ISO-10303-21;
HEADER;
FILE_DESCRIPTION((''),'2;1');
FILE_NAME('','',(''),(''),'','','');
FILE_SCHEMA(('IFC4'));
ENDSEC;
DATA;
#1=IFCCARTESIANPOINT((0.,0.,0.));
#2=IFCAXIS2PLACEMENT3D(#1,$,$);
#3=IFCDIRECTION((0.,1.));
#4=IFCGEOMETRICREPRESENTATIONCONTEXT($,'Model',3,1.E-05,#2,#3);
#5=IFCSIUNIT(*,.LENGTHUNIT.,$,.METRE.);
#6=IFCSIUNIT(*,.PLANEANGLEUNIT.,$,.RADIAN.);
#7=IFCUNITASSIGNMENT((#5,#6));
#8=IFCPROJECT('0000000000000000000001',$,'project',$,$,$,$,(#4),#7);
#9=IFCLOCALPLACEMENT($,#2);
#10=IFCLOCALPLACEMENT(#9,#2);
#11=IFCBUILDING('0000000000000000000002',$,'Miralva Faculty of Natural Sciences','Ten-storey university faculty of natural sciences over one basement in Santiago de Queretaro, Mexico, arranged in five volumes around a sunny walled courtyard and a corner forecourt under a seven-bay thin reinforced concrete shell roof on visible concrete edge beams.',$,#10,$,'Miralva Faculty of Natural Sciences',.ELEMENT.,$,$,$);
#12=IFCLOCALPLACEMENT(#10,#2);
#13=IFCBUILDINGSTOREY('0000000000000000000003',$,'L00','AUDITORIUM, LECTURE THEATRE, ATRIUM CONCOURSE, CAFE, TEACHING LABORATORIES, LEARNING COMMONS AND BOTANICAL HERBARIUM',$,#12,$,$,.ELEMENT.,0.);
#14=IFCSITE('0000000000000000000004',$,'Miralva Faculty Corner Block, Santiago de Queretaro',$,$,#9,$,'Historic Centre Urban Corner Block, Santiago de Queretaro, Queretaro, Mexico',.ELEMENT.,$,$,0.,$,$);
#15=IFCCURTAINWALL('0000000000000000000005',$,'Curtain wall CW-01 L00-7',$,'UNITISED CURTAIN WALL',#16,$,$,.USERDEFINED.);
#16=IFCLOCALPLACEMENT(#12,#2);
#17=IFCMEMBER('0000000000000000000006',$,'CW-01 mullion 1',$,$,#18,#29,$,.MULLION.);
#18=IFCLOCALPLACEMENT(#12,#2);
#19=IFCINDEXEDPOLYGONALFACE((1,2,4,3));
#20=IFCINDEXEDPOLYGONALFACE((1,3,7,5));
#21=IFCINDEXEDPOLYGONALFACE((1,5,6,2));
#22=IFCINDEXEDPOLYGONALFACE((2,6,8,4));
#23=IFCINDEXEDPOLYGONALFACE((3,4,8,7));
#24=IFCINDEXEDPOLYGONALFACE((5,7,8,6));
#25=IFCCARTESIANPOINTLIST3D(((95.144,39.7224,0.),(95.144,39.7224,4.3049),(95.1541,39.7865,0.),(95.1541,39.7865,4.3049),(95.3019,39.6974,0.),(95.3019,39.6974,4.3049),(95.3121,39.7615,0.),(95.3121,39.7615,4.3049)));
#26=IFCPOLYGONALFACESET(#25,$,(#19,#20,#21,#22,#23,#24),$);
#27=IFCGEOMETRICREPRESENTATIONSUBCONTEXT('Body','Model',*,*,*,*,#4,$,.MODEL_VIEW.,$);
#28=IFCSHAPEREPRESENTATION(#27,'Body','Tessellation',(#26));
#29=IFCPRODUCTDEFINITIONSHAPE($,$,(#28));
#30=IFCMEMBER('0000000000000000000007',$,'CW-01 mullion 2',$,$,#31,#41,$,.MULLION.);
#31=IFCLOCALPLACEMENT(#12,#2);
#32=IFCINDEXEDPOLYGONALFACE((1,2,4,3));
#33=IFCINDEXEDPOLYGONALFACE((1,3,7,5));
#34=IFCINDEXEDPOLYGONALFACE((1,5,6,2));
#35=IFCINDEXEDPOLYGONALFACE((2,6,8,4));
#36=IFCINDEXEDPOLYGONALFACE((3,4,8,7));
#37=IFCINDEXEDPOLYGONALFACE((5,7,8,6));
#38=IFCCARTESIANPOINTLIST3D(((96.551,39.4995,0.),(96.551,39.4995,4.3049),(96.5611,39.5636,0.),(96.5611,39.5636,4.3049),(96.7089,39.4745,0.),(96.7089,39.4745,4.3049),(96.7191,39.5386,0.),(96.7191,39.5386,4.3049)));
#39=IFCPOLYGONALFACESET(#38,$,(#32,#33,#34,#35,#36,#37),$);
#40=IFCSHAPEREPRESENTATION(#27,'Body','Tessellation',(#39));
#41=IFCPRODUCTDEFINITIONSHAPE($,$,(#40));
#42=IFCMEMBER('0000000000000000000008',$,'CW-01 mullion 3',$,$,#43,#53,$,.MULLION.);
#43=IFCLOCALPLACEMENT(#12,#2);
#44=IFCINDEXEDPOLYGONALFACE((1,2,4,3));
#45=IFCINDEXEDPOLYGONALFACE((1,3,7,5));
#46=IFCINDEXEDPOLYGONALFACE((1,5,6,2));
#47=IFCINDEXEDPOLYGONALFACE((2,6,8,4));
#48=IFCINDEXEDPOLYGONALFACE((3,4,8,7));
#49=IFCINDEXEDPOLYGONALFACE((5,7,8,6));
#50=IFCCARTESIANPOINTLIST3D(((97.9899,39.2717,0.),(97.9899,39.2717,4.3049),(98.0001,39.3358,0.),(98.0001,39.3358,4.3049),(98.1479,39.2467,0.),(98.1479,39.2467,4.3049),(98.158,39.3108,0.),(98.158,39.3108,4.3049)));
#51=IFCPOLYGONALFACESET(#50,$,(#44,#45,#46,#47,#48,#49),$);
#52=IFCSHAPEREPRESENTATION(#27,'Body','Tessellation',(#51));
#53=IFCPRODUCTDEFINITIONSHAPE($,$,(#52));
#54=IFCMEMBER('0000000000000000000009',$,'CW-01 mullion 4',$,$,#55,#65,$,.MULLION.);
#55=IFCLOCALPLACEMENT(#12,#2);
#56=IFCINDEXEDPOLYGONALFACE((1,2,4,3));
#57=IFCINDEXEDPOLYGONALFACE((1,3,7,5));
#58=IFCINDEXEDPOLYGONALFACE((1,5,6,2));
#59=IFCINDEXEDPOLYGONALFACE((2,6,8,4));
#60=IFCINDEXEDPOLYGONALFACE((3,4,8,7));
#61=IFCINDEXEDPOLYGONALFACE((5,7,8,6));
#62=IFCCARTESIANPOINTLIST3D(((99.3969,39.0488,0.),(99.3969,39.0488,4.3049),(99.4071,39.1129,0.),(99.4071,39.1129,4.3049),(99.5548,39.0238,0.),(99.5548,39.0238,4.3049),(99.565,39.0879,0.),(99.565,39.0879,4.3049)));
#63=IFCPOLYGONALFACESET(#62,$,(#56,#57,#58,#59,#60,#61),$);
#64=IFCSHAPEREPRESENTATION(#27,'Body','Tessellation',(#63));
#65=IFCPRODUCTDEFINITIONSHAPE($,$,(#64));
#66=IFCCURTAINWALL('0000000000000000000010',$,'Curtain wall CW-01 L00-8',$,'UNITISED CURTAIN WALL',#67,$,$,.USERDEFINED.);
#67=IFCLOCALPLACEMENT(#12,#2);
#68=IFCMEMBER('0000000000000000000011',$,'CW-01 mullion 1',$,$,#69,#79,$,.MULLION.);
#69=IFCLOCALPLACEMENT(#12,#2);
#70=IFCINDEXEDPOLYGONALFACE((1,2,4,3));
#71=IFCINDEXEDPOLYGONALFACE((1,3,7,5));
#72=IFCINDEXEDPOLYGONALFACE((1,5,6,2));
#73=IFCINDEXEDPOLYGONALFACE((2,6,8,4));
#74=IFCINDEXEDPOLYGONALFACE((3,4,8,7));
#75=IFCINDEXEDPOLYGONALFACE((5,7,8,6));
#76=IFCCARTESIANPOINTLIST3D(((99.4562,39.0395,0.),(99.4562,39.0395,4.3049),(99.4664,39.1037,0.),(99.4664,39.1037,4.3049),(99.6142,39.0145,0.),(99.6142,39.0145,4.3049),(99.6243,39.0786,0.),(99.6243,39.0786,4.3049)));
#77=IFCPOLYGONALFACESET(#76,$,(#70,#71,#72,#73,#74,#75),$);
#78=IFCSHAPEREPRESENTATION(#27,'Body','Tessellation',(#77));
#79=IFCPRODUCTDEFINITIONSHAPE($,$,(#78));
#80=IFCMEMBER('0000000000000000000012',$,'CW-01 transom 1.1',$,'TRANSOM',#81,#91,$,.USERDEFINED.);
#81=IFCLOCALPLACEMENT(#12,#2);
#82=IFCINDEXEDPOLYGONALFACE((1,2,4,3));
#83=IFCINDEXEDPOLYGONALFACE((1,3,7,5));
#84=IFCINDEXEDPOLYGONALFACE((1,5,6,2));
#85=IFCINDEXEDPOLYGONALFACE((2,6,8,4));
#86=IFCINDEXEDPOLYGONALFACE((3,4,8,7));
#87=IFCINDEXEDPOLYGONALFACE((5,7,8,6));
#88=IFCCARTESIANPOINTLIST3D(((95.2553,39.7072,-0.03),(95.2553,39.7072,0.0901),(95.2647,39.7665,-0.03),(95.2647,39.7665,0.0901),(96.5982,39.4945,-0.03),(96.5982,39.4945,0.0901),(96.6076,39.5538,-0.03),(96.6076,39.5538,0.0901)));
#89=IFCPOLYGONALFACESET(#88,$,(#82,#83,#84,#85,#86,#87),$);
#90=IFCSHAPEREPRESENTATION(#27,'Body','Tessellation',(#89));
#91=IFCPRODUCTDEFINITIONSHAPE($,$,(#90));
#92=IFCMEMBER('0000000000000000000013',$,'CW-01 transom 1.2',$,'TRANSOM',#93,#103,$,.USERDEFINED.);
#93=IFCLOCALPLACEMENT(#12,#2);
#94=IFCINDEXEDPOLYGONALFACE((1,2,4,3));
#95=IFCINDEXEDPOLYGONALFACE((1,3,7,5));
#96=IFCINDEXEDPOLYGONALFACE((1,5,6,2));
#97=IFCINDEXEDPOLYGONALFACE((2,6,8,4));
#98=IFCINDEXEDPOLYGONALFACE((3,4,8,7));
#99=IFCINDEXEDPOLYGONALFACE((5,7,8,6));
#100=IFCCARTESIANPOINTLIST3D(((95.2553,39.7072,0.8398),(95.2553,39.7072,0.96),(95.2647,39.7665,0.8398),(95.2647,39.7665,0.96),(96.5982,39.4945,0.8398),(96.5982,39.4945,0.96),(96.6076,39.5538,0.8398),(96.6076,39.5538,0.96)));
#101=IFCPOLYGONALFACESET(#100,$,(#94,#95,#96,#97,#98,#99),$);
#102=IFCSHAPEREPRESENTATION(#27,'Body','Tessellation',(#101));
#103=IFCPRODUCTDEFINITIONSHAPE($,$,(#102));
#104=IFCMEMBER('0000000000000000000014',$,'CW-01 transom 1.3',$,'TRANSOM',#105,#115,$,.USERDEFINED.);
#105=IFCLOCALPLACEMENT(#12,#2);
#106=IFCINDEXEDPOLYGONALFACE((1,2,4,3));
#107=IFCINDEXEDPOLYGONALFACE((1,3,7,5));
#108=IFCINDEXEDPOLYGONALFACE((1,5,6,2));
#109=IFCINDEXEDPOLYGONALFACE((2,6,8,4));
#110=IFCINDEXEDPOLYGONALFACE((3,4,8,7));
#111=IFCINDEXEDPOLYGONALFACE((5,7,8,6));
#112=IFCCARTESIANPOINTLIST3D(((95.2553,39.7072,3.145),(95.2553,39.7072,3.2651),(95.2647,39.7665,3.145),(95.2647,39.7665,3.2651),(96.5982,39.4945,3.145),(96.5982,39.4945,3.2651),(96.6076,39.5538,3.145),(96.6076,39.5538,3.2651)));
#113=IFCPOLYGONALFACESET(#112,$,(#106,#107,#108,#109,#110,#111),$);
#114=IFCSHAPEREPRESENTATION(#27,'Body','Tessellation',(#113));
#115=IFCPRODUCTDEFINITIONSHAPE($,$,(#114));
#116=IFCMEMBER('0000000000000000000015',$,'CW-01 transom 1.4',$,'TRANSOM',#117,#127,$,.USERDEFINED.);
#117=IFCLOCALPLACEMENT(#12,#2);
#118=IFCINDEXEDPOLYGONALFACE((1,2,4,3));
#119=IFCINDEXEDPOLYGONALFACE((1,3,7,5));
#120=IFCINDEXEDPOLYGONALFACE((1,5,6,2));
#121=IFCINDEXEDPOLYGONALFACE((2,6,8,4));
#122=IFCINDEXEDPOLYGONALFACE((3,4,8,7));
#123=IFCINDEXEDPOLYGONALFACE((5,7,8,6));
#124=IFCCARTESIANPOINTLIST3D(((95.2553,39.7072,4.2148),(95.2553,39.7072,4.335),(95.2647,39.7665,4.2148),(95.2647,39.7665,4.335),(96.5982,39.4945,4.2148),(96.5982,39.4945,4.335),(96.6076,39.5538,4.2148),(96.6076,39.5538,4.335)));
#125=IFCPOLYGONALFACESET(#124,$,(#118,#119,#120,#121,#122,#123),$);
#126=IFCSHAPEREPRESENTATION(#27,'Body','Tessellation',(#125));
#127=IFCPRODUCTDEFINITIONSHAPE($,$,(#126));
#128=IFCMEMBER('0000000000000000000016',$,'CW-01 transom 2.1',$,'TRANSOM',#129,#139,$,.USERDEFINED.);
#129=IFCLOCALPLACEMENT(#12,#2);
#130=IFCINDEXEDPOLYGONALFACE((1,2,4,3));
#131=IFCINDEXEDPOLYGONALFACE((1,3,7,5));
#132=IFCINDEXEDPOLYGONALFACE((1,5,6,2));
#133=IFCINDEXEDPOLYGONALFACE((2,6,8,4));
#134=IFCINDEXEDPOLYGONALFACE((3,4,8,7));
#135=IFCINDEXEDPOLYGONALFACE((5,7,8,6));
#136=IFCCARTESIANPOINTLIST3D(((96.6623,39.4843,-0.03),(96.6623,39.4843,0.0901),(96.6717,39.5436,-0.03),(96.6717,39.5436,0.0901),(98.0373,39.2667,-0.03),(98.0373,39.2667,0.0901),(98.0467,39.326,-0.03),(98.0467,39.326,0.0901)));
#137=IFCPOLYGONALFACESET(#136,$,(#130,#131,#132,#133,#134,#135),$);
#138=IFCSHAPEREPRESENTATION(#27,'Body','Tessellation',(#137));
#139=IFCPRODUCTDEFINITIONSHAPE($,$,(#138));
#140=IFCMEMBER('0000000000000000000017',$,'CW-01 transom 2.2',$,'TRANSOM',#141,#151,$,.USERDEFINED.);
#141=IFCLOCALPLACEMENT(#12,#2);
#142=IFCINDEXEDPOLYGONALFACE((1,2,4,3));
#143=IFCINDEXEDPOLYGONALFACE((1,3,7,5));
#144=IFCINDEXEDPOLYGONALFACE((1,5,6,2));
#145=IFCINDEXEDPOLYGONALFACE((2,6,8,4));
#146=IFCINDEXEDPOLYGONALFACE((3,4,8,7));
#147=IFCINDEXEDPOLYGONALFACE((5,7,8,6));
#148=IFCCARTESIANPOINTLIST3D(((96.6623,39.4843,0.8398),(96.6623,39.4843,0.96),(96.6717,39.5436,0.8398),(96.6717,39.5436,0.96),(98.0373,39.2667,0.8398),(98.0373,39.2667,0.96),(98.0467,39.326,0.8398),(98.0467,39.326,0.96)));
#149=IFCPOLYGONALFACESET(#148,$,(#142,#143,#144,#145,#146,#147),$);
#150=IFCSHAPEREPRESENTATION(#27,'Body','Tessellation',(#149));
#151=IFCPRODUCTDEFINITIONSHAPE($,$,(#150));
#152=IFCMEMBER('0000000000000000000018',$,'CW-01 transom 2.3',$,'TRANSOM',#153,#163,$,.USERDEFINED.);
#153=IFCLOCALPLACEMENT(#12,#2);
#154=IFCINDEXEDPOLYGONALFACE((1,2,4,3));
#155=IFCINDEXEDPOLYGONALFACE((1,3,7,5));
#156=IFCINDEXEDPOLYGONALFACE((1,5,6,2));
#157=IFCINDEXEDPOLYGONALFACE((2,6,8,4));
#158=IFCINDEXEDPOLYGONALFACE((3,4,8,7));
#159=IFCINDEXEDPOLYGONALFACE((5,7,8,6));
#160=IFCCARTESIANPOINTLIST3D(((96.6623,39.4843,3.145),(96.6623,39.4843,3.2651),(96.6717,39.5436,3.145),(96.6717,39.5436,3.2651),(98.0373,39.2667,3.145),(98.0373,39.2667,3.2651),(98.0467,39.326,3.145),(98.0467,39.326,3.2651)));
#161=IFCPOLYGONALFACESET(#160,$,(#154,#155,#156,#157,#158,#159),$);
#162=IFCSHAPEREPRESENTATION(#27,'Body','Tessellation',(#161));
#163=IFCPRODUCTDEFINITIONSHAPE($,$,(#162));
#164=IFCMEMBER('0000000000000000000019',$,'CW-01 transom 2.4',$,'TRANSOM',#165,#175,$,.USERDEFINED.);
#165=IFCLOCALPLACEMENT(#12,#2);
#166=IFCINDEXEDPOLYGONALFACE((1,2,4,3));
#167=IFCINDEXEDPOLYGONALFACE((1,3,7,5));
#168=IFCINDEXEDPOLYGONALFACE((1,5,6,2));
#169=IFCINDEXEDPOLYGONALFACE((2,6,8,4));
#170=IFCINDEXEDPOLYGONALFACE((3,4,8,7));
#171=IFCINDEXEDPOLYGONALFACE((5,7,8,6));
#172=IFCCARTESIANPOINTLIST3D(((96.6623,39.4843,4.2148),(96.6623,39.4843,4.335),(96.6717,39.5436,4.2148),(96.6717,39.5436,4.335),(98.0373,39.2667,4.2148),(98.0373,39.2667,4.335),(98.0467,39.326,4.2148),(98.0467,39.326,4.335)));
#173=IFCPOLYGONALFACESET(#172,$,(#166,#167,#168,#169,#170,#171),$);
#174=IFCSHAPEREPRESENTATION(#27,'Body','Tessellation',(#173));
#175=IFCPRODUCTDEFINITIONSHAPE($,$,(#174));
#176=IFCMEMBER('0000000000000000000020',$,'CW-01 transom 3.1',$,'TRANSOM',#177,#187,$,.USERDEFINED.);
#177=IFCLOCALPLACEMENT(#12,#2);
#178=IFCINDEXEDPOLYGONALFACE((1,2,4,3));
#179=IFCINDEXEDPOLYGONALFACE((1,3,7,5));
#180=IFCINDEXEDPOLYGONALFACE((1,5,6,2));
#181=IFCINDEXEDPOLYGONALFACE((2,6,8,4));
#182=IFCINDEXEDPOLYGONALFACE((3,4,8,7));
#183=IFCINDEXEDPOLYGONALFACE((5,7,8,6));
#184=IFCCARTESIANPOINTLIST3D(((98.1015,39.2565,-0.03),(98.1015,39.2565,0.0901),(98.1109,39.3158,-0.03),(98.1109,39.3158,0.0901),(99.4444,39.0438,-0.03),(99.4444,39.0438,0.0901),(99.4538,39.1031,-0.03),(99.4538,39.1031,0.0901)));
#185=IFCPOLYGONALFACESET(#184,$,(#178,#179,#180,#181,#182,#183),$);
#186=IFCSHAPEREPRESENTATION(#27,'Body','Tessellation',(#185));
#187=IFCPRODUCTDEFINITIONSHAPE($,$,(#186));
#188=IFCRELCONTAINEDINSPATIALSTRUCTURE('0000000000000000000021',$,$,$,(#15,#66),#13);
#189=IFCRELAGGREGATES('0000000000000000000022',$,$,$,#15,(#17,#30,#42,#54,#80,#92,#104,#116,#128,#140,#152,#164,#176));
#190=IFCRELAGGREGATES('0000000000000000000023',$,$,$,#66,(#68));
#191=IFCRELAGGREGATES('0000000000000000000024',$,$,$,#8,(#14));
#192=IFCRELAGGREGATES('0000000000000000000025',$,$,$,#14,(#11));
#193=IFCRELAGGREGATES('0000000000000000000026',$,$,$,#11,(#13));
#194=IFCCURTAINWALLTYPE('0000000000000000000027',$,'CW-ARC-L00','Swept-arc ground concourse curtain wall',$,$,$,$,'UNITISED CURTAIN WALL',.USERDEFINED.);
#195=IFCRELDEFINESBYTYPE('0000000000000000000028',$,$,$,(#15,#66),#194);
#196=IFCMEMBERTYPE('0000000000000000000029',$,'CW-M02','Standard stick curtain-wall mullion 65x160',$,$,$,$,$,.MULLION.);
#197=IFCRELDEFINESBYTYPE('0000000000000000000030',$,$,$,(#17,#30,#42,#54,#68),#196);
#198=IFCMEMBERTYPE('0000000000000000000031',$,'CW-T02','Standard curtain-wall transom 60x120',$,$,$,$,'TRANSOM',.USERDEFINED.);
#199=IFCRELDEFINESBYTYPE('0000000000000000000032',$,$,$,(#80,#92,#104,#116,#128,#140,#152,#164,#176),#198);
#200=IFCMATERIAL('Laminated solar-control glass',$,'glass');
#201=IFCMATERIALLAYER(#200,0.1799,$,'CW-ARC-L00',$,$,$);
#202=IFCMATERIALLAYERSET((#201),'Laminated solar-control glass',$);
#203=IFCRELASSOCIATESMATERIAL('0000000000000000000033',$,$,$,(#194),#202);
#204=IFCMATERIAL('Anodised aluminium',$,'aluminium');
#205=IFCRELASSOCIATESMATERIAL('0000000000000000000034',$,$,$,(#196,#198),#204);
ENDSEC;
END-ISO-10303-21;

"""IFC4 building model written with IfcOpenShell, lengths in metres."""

from ifc_helpers import new_model, si_unit, direction, frame, origin, origin_2d, place, context, subcontext, project, spatial, rectangle, extrude, material, layer, layer_set, material_profile, profile_set, type_object, element, aggregate, save


model = new_model("IFC4")

# Units and contexts
model_context = context("Model", 3, precision=1e-05, world=origin(), true_north=direction((0.0, 1.0)))
body_context = subcontext(model_context, "Body", "Model", "MODEL_VIEW")
ifc_project = project(units=[si_unit("LENGTHUNIT", "METRE"), si_unit("PLANEANGLEUNIT", "RADIAN")], contexts=[model_context])

# Site, building, storey
site_placement = place(None, origin())
site = spatial("IfcSite", under=ifc_project, at=site_placement, Name="Miralva Faculty Corner Block, Santiago de Queretaro", LongName="Historic Centre Urban Corner Block, Santiago de Queretaro, Queretaro, Mexico", CompositionType="ELEMENT", RefElevation=0.0)
building_placement = place(site_placement, origin())
building = spatial("IfcBuilding", under=site, at=building_placement, Name="Miralva Faculty of Natural Sciences", Description="Ten-storey university faculty of natural sciences over one basement in Santiago de Queretaro, Mexico, arranged in five volumes around a sunny walled courtyard and a corner forecourt under a seven-bay thin reinforced concrete shell roof on visible concrete edge beams.", LongName="Miralva Faculty of Natural Sciences", CompositionType="ELEMENT")
storey_placement = place(building_placement, origin())
storey = spatial("IfcBuildingStorey", under=building, at=storey_placement, Name="L00", Description="AUDITORIUM, LECTURE THEATRE, ATRIUM CONCOURSE, CAFE, TEACHING LABORATORIES, LEARNING COMMONS AND BOTANICAL HERBARIUM", CompositionType="ELEMENT", Elevation=0.0)

# Curtain wall, members
ifc_material_1 = material(Name="Laminated solar-control glass", Category="glass")
ifc_layer_1 = layer(ifc_material_1, 0.1799, Name="CW-ARC-L00")
ifc_layer_set_1 = layer_set([ifc_layer_1], Name="Laminated solar-control glass")
curtain_wall_type = type_object("IfcCurtainWallType", Name="CW-ARC-L00", Description="Swept-arc ground concourse curtain wall", ElementType="UNITISED CURTAIN WALL", PredefinedType="USERDEFINED", material=ifc_layer_set_1)
curtain_wall_1_placement = place(storey_placement, origin())
curtain_wall_1 = element("IfcCurtainWall", 1, at=curtain_wall_1_placement, inside=storey, type_object=curtain_wall_type, Name="Curtain wall CW-01 L00-7", ObjectType="UNITISED CURTAIN WALL", PredefinedType="USERDEFINED")
ifc_material_2 = material(Name="Anodised aluminium", Category="aluminium")
ifc_material_profile_1 = material_profile(ifc_material_2, rectangle(XDim=0.0649, YDim=0.1599, at=origin_2d()), Name="MULLION 65x160")
ifc_profile_set_1 = profile_set([ifc_material_profile_1], Name="Anodised aluminium")
member_type_1 = type_object("IfcMemberType", Name="CW-M02", Description="Standard stick curtain-wall mullion 65x160", PredefinedType="MULLION", material=ifc_profile_set_1)
member_1_placement = place(storey_placement, frame((95.228, 39.7419, 0.0), z_axis=(0.0, 0.0, 1.0), x_axis=(0.156417, 0.987691, 0.0)))
member_1 = element("IfcMember", 2, at=member_1_placement, type_object=member_type_1, Name="CW-01 mullion 1", PredefinedType="MULLION", context=body_context, shape_type="SweptSolid", body=[
    extrude(rectangle(XDim=0.0649, YDim=0.1599, at=origin_2d()), origin(), (0.0, 0.0, 1.0), 4.3049),
])
member_2_placement = place(storey_placement, frame((96.635, 39.519, 0.0), z_axis=(0.0, 0.0, 1.0), x_axis=(0.156417, 0.987691, 0.0)))
member_2 = element("IfcMember", 3, at=member_2_placement, type_object=member_type_1, Name="CW-01 mullion 2", PredefinedType="MULLION", context=body_context, shape_type="SweptSolid", body=[
    extrude(rectangle(XDim=0.0649, YDim=0.1599, at=origin_2d()), origin(), (0.0, 0.0, 1.0), 4.3049),
])
member_3_placement = place(storey_placement, frame((98.074, 39.2913, 0.0), z_axis=(0.0, 0.0, 1.0), x_axis=(0.156417, 0.987691, 0.0)))
member_3 = element("IfcMember", 4, at=member_3_placement, type_object=member_type_1, Name="CW-01 mullion 3", PredefinedType="MULLION", context=body_context, shape_type="SweptSolid", body=[
    extrude(rectangle(XDim=0.0649, YDim=0.1599, at=origin_2d()), origin(), (0.0, 0.0, 1.0), 4.3049),
])
member_4_placement = place(storey_placement, frame((99.481, 39.0684, 0.0), z_axis=(0.0, 0.0, 1.0), x_axis=(0.156417, 0.987691, 0.0)))
member_4 = element("IfcMember", 5, at=member_4_placement, type_object=member_type_1, Name="CW-01 mullion 4", PredefinedType="MULLION", context=body_context, shape_type="SweptSolid", body=[
    extrude(rectangle(XDim=0.0649, YDim=0.1599, at=origin_2d()), origin(), (0.0, 0.0, 1.0), 4.3049),
])

# Curtain wall, member
curtain_wall_2_placement = place(storey_placement, origin())
curtain_wall_2 = element("IfcCurtainWall", 6, at=curtain_wall_2_placement, inside=storey, type_object=curtain_wall_type, Name="Curtain wall CW-01 L00-8", ObjectType="UNITISED CURTAIN WALL", PredefinedType="USERDEFINED")
member_5_placement = place(storey_placement, frame((99.5403, 39.0591, 0.0), z_axis=(0.0, 0.0, 1.0), x_axis=(0.156445, 0.987687, 0.0)))
member_5 = element("IfcMember", 7, at=member_5_placement, type_object=member_type_1, Name="CW-01 mullion 1", PredefinedType="MULLION", context=body_context, shape_type="SweptSolid", body=[
    extrude(rectangle(XDim=0.0649, YDim=0.1599, at=origin_2d()), origin(), (0.0, 0.0, 1.0), 4.3049),
])

# Members
ifc_material_profile_2 = material_profile(ifc_material_2, rectangle(XDim=0.0601, YDim=0.1201, at=origin_2d()), Name="TRANSOM 60x120")
ifc_profile_set_2 = profile_set([ifc_material_profile_2], Name="Anodised aluminium")
member_type_2 = type_object("IfcMemberType", Name="CW-T02", Description="Standard curtain-wall transom 60x120", ElementType="TRANSOM", PredefinedType="USERDEFINED", material=ifc_profile_set_2)
member_6_placement = place(storey_placement, frame((95.26, 39.7368, 0.03), z_axis=(0.987692, -0.156414, 0.0), x_axis=(0.156414, 0.987692, 0.0)))
member_6 = element("IfcMember", 8, at=member_6_placement, type_object=member_type_2, Name="CW-01 transom 1.1", ObjectType="TRANSOM", PredefinedType="USERDEFINED", context=body_context, shape_type="SweptSolid", body=[
    extrude(rectangle(XDim=0.0601, YDim=0.1201, at=origin_2d()), origin(), (0.0, 0.0, 1.0), 1.3596),
])
member_7_placement = place(storey_placement, frame((95.26, 39.7368, 0.8999), z_axis=(0.987692, -0.156414, 0.0), x_axis=(0.156414, 0.987692, 0.0)))
member_7 = element("IfcMember", 9, at=member_7_placement, type_object=member_type_2, Name="CW-01 transom 1.2", ObjectType="TRANSOM", PredefinedType="USERDEFINED", context=body_context, shape_type="SweptSolid", body=[
    extrude(rectangle(XDim=0.0601, YDim=0.1201, at=origin_2d()), origin(), (0.0, 0.0, 1.0), 1.3596),
])
member_8_placement = place(storey_placement, frame((95.26, 39.7368, 3.2051), z_axis=(0.987692, -0.156414, 0.0), x_axis=(0.156414, 0.987692, 0.0)))
member_8 = element("IfcMember", 10, at=member_8_placement, type_object=member_type_2, Name="CW-01 transom 1.3", ObjectType="TRANSOM", PredefinedType="USERDEFINED", context=body_context, shape_type="SweptSolid", body=[
    extrude(rectangle(XDim=0.0601, YDim=0.1201, at=origin_2d()), origin(), (0.0, 0.0, 1.0), 1.3596),
])
member_9_placement = place(storey_placement, frame((95.26, 39.7368, 4.2749), z_axis=(0.987692, -0.156414, 0.0), x_axis=(0.156414, 0.987692, 0.0)))
member_9 = element("IfcMember", 11, at=member_9_placement, type_object=member_type_2, Name="CW-01 transom 1.4", ObjectType="TRANSOM", PredefinedType="USERDEFINED", context=body_context, shape_type="SweptSolid", body=[
    extrude(rectangle(XDim=0.0601, YDim=0.1201, at=origin_2d()), origin(), (0.0, 0.0, 1.0), 1.3596),
])
member_10_placement = place(storey_placement, frame((96.667, 39.5139, 0.03), z_axis=(0.987716, -0.15626, 0.0), x_axis=(0.15626, 0.987716, 0.0)))
member_10 = element("IfcMember", 12, at=member_10_placement, type_object=member_type_2, Name="CW-01 transom 2.1", ObjectType="TRANSOM", PredefinedType="USERDEFINED", context=body_context, shape_type="SweptSolid", body=[
    extrude(rectangle(XDim=0.0601, YDim=0.1201, at=origin_2d()), origin(), (0.0, 0.0, 1.0), 1.3921),
])
member_11_placement = place(storey_placement, frame((96.667, 39.5139, 0.8999), z_axis=(0.987716, -0.15626, 0.0), x_axis=(0.15626, 0.987716, 0.0)))
member_11 = element("IfcMember", 13, at=member_11_placement, type_object=member_type_2, Name="CW-01 transom 2.2", ObjectType="TRANSOM", PredefinedType="USERDEFINED", context=body_context, shape_type="SweptSolid", body=[
    extrude(rectangle(XDim=0.0601, YDim=0.1201, at=origin_2d()), origin(), (0.0, 0.0, 1.0), 1.3921),
])
member_12_placement = place(storey_placement, frame((96.667, 39.5139, 3.2051), z_axis=(0.987716, -0.15626, 0.0), x_axis=(0.15626, 0.987716, 0.0)))
member_12 = element("IfcMember", 14, at=member_12_placement, type_object=member_type_2, Name="CW-01 transom 2.3", ObjectType="TRANSOM", PredefinedType="USERDEFINED", context=body_context, shape_type="SweptSolid", body=[
    extrude(rectangle(XDim=0.0601, YDim=0.1201, at=origin_2d()), origin(), (0.0, 0.0, 1.0), 1.3921),
])
member_13_placement = place(storey_placement, frame((96.667, 39.5139, 4.2749), z_axis=(0.987716, -0.15626, 0.0), x_axis=(0.15626, 0.987716, 0.0)))
member_13 = element("IfcMember", 15, at=member_13_placement, type_object=member_type_2, Name="CW-01 transom 2.4", ObjectType="TRANSOM", PredefinedType="USERDEFINED", context=body_context, shape_type="SweptSolid", body=[
    extrude(rectangle(XDim=0.0601, YDim=0.1201, at=origin_2d()), origin(), (0.0, 0.0, 1.0), 1.3921),
])
member_14_placement = place(storey_placement, frame((98.1062, 39.2861, 0.03), z_axis=(0.987692, -0.156414, 0.0), x_axis=(0.156414, 0.987692, 0.0)))
member_14 = element("IfcMember", 16, at=member_14_placement, type_object=member_type_2, Name="CW-01 transom 3.1", ObjectType="TRANSOM", PredefinedType="USERDEFINED", context=body_context, shape_type="SweptSolid", body=[
    extrude(rectangle(XDim=0.0601, YDim=0.1201, at=origin_2d()), origin(), (0.0, 0.0, 1.0), 1.3596),
])

aggregate(curtain_wall_1, [member_1, member_2, member_3, member_4, member_6, member_7, member_8, member_9, member_10, member_11, member_12, member_13, member_14])
aggregate(curtain_wall_2, [member_5])

save(model, "model.ifc")
